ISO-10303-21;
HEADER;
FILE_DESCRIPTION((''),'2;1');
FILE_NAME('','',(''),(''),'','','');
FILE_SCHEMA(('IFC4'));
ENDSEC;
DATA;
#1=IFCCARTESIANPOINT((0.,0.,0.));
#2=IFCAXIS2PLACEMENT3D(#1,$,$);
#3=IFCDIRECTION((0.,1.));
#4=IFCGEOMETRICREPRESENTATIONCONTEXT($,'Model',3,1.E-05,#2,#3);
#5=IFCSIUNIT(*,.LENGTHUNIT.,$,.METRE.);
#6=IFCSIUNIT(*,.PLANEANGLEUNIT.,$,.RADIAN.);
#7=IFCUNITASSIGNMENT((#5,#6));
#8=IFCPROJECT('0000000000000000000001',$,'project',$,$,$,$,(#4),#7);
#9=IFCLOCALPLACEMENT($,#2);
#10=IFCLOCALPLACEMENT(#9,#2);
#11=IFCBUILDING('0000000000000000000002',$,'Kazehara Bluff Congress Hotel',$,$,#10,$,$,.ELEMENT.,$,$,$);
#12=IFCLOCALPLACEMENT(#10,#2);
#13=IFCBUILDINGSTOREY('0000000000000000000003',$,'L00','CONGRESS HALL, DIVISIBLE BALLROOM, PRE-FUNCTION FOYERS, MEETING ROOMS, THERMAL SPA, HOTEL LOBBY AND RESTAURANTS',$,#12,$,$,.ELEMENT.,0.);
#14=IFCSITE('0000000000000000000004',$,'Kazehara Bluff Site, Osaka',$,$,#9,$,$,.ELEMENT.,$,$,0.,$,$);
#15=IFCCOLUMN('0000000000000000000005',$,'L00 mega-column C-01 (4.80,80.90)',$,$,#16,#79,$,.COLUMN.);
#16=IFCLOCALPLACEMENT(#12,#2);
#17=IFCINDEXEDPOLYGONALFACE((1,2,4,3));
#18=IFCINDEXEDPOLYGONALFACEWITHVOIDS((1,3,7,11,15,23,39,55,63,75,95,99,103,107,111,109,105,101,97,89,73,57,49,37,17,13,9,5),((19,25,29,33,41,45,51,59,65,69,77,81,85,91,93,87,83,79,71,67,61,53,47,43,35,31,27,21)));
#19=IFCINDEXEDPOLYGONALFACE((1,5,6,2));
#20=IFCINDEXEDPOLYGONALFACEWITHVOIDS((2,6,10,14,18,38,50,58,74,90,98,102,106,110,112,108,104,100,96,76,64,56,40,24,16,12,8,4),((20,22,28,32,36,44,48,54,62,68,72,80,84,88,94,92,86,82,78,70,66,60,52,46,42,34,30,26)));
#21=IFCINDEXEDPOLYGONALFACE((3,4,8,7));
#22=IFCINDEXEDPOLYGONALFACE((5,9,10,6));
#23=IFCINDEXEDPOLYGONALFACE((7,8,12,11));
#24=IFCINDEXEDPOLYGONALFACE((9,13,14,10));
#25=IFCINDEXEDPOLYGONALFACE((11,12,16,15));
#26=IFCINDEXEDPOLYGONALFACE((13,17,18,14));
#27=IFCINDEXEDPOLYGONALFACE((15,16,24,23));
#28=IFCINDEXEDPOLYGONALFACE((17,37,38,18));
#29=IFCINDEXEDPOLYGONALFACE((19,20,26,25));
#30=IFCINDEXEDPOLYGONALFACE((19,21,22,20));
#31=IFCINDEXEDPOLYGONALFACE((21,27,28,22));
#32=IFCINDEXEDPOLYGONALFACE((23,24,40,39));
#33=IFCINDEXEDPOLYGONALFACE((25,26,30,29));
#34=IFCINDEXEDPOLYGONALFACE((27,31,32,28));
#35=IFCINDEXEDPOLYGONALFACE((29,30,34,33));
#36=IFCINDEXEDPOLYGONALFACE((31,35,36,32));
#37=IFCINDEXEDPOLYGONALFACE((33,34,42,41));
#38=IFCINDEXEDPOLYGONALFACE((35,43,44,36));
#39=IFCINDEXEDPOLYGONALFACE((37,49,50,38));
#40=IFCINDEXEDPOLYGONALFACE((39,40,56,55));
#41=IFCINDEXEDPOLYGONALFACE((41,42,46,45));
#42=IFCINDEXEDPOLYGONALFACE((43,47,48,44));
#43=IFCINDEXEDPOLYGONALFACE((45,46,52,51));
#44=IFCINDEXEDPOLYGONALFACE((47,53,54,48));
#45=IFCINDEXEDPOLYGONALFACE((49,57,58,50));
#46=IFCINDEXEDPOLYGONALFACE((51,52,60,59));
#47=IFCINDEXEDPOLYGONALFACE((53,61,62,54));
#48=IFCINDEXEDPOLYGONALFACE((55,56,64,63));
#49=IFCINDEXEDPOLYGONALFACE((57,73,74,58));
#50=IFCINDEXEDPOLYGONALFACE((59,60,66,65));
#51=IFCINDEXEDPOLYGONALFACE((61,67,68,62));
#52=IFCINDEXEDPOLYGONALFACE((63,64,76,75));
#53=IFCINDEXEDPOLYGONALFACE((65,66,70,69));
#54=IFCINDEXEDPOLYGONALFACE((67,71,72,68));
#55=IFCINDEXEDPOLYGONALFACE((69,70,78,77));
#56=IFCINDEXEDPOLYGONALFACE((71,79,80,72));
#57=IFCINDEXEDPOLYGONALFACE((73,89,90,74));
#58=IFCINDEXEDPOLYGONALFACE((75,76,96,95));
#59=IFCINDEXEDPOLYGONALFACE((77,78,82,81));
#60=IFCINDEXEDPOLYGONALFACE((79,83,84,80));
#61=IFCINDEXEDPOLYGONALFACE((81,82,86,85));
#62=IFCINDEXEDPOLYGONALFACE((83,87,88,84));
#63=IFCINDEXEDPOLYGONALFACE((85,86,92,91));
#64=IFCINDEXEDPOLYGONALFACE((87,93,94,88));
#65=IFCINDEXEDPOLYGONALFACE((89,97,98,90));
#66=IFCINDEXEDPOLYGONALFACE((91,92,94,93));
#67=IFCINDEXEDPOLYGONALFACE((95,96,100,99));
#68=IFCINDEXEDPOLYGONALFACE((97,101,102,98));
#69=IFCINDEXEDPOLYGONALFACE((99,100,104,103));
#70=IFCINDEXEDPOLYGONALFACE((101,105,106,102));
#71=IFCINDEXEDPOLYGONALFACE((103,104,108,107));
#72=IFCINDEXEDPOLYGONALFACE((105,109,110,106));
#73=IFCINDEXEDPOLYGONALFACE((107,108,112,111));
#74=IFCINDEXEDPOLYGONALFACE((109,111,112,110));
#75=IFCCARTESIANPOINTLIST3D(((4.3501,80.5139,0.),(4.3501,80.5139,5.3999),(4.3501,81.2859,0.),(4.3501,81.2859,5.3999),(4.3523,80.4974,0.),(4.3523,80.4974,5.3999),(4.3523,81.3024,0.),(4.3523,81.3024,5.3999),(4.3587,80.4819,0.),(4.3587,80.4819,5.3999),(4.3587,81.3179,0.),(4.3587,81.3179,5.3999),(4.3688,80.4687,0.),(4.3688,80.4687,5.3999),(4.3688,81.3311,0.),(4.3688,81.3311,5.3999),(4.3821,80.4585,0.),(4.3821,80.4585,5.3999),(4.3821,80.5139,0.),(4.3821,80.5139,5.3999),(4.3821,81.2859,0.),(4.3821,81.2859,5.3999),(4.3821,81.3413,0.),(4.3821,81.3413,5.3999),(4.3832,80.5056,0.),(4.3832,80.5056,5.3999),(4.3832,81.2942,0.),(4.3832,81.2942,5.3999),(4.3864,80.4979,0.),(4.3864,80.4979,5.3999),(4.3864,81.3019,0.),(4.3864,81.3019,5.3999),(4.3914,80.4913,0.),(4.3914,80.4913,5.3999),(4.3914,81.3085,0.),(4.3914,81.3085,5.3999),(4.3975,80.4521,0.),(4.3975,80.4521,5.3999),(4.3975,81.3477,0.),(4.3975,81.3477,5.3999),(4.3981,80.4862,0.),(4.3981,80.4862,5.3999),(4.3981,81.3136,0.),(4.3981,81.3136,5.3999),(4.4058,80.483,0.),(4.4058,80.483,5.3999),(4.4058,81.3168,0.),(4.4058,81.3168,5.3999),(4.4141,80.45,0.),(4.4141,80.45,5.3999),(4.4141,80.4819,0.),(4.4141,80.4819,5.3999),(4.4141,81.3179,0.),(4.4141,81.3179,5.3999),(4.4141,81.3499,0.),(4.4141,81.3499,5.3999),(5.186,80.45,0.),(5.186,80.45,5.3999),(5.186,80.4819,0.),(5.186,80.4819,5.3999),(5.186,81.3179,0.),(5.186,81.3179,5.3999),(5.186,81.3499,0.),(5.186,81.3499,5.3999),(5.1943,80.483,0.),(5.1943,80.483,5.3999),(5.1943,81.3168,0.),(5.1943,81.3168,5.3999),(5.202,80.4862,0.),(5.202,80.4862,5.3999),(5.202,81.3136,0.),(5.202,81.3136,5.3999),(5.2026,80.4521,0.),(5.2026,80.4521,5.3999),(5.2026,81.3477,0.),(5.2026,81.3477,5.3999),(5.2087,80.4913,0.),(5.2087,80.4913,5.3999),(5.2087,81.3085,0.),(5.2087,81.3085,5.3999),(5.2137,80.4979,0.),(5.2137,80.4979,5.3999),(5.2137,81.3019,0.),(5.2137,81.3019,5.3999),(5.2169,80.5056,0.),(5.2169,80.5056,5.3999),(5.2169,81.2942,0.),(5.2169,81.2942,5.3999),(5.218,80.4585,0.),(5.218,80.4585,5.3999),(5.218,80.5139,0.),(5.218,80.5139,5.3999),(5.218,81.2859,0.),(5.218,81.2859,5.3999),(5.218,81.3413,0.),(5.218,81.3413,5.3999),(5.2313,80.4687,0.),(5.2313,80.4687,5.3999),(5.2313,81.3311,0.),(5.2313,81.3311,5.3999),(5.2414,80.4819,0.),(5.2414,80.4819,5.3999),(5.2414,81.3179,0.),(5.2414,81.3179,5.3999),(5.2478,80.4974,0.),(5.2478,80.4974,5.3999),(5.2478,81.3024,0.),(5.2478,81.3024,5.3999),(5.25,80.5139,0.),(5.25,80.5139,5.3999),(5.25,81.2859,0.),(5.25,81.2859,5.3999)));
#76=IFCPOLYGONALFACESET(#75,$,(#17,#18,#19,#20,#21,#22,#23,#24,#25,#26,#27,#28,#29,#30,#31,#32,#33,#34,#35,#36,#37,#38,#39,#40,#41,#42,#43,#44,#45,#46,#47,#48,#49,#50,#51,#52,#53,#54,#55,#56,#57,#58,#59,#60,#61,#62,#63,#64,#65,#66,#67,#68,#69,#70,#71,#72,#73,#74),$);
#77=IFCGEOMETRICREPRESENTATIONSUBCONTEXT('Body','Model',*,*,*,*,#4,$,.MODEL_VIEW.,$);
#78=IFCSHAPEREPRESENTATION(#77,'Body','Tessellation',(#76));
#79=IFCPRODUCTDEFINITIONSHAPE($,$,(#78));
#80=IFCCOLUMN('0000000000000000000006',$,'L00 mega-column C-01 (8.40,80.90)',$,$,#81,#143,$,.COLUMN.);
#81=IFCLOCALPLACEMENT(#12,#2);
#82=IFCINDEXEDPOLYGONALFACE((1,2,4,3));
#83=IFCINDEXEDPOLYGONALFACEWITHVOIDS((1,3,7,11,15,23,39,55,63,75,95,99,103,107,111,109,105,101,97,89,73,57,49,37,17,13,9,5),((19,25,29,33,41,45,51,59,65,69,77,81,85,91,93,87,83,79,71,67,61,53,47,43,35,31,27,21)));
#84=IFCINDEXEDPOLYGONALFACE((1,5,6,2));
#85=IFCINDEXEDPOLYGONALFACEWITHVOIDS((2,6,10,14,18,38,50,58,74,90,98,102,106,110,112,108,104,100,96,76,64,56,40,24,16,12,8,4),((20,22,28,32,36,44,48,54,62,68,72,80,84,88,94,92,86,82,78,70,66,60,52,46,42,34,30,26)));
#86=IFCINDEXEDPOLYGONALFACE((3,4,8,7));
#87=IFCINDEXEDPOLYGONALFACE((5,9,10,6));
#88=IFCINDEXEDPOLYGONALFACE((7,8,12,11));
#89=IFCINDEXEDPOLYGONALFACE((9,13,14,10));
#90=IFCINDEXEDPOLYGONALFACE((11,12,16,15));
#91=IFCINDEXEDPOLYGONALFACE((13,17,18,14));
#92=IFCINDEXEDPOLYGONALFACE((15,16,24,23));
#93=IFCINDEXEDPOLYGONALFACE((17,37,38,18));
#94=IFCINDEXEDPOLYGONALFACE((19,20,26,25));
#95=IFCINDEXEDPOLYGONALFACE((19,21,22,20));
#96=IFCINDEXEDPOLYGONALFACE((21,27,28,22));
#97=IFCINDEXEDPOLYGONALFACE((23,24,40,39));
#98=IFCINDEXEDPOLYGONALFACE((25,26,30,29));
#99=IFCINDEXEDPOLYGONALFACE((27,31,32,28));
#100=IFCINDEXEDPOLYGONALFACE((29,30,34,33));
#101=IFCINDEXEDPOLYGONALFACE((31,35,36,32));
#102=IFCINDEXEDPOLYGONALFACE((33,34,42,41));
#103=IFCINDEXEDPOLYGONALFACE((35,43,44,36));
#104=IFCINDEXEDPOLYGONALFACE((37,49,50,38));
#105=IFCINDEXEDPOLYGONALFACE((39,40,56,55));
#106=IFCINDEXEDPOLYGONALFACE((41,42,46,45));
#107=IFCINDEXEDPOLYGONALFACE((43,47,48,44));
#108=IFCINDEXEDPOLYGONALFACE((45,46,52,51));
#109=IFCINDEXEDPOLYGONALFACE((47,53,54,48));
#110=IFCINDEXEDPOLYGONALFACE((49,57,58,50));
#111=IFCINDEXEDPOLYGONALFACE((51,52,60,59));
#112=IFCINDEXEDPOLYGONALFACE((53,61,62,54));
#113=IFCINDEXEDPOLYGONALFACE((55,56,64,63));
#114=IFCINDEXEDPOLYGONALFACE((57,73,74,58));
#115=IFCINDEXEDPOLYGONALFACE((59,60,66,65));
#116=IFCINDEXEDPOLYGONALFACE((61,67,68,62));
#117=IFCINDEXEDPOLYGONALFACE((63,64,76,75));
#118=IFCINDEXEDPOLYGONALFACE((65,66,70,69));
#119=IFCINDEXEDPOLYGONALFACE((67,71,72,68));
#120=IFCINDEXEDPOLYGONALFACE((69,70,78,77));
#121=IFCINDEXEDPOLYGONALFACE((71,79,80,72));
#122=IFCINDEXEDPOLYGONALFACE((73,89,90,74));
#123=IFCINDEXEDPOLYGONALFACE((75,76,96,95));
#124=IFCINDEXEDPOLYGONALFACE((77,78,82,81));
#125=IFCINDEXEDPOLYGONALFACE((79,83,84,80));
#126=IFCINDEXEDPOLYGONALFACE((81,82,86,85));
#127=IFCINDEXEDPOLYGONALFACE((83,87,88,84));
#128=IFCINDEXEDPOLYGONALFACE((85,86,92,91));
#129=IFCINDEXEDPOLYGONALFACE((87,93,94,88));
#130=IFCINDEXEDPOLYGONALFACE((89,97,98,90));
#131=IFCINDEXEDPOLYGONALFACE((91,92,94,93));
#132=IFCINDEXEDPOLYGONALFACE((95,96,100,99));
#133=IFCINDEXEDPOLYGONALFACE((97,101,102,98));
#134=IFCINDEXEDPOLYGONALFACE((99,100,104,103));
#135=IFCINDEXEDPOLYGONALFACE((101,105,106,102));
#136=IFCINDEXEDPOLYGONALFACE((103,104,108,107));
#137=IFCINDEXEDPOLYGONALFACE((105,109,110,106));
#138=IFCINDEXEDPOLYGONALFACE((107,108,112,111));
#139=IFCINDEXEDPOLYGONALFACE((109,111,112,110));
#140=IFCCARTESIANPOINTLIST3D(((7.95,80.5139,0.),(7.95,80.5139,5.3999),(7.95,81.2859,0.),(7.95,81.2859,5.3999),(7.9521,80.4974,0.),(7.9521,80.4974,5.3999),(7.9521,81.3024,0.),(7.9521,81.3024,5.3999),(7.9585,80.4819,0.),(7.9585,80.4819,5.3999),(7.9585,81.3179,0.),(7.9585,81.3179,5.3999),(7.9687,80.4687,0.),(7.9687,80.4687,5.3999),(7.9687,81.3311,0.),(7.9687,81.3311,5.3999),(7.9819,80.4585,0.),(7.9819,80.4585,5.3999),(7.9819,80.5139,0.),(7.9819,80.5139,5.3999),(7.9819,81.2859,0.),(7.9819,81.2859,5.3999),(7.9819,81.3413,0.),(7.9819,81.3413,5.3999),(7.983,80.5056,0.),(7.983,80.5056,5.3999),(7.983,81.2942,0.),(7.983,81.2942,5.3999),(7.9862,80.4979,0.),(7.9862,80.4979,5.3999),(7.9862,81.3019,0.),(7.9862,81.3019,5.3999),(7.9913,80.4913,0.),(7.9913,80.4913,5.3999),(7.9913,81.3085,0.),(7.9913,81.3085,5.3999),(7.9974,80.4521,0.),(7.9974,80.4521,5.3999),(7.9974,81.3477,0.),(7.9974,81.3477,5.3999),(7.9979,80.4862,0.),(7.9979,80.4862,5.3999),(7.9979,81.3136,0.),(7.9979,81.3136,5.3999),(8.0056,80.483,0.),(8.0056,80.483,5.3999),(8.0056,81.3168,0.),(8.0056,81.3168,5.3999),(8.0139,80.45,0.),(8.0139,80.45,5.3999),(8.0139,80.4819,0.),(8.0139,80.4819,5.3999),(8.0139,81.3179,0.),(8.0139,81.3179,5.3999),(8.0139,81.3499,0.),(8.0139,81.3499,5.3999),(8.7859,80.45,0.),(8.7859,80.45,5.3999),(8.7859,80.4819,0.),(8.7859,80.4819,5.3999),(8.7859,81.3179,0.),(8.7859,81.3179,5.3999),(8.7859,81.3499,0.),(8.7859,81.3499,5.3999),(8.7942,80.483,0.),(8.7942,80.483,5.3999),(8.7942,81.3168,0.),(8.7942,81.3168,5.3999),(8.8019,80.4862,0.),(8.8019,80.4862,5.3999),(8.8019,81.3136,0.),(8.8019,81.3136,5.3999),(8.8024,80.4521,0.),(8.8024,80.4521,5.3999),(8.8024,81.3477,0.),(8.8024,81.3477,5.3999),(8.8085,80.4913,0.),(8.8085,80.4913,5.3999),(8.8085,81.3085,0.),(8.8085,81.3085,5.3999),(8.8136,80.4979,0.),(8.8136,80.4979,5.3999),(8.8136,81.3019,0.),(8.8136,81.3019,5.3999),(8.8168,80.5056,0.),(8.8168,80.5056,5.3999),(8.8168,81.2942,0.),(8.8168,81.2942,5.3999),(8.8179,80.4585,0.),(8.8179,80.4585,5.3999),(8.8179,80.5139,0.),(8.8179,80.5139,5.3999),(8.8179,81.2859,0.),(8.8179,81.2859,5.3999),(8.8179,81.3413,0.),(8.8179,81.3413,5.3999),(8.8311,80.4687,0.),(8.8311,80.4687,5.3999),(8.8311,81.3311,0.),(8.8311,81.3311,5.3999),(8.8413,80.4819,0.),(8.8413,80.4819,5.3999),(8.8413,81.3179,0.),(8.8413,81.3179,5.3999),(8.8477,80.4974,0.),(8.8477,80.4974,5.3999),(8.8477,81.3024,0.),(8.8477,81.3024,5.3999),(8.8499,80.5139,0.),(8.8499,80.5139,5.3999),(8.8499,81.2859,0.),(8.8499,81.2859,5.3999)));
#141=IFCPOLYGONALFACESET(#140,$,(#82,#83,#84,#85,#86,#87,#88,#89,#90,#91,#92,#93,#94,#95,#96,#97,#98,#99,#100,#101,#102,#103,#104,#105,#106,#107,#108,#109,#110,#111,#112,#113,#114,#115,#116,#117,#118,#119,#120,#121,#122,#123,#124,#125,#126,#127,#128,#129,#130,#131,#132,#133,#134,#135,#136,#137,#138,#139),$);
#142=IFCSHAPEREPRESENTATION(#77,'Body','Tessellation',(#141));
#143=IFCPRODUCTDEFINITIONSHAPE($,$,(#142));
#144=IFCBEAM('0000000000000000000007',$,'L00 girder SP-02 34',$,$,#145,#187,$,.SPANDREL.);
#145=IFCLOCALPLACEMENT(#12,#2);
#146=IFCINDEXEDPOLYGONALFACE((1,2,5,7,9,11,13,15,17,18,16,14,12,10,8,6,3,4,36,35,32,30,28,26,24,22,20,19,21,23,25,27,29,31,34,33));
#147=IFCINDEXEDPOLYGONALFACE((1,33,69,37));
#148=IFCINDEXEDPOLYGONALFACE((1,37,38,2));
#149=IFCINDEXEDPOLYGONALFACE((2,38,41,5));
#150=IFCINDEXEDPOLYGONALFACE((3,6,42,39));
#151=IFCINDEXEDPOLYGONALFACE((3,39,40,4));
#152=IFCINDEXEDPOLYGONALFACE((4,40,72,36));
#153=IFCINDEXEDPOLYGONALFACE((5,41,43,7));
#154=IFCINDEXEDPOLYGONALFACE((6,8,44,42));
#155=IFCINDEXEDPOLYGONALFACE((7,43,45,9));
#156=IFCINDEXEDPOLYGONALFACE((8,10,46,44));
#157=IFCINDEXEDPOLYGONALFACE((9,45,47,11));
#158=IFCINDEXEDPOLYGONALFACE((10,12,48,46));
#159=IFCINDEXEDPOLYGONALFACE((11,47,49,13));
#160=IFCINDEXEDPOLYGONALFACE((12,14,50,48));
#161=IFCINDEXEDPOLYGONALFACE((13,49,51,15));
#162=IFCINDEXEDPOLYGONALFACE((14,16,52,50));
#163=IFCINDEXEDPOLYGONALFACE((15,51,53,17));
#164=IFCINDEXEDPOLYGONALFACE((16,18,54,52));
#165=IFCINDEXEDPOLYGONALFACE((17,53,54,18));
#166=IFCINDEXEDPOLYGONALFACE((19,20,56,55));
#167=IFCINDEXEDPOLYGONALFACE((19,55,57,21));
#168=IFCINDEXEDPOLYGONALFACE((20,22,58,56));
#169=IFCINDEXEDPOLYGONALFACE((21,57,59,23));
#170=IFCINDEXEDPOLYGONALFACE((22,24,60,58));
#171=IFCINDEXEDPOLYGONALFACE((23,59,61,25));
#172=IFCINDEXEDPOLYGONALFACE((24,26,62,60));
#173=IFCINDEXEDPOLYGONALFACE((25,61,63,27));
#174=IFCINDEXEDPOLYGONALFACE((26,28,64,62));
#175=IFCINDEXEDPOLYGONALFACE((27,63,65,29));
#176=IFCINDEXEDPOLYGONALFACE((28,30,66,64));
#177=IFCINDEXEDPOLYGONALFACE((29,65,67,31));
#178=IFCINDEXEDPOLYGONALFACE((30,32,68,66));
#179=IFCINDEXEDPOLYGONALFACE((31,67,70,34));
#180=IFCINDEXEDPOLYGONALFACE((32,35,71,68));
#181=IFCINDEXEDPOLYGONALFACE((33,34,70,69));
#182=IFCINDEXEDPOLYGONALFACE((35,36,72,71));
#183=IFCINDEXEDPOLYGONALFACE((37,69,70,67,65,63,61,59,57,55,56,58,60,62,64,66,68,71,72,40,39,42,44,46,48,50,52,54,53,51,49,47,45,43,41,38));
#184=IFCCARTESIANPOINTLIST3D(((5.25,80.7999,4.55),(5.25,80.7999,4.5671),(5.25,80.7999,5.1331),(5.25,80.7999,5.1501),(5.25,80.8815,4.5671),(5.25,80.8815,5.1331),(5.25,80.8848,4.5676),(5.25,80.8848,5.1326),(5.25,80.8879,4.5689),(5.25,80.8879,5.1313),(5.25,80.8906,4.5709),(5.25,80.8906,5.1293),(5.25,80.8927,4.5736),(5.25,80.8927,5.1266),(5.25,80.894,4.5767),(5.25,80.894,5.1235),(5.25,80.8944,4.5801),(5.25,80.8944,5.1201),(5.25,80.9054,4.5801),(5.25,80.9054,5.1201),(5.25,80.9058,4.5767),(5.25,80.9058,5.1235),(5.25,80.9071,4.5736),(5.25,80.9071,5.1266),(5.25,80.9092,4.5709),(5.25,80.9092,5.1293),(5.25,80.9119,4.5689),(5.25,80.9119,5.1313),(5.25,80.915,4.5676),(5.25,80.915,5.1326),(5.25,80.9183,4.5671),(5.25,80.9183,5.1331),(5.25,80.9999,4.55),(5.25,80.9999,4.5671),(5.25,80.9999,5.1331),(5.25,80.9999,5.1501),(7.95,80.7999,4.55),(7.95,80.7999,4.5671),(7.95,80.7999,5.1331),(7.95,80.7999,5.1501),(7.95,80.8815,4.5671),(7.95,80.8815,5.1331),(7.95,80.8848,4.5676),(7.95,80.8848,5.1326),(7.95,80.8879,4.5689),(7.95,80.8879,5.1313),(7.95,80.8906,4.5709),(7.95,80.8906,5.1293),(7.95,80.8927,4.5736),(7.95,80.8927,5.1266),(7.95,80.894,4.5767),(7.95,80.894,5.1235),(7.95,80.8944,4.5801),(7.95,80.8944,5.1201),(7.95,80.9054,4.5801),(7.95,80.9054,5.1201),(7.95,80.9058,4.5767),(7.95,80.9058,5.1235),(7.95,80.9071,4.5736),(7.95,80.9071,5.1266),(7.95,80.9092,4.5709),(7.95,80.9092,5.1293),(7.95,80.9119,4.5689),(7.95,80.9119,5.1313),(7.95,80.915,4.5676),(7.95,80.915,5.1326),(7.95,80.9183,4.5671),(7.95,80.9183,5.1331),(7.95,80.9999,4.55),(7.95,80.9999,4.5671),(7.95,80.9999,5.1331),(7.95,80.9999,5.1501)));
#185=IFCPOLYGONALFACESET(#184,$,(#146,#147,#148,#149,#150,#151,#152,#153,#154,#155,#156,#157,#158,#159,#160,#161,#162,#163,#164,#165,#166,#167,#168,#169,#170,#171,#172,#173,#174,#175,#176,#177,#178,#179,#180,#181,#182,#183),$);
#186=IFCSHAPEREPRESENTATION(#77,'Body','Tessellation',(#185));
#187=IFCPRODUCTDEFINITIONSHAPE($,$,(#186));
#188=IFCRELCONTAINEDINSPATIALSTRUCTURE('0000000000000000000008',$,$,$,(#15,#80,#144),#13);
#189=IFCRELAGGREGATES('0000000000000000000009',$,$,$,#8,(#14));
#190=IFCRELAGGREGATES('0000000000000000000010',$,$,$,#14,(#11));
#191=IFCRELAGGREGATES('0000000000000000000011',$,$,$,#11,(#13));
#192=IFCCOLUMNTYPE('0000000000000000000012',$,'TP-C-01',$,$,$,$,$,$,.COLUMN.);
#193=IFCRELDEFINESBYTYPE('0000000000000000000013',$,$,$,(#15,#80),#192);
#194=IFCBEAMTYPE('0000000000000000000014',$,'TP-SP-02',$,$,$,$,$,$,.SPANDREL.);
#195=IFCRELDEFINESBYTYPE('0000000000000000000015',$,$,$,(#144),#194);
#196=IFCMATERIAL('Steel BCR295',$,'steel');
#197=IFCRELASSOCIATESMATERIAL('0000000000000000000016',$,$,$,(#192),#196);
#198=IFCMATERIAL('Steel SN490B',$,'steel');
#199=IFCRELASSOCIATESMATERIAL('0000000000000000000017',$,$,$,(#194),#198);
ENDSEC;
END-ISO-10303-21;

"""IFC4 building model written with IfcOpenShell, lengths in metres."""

from ifc_helpers import new_model, si_unit, direction, frame, origin, origin_2d, place, context, subcontext, project, spatial, hollow_rectangle, i_section, extrude, material, material_profile, profile_set, type_object, element, save


model = new_model("IFC4")

# Units and contexts
model_context = context("Model", 3, precision=1e-05, world=origin(), true_north=direction((0.0, 1.0)))
body_context = subcontext(model_context, "Body", "Model", "MODEL_VIEW")
ifc_project = project(units=[si_unit("LENGTHUNIT", "METRE"), si_unit("PLANEANGLEUNIT", "RADIAN")], contexts=[model_context])

# Site, building, storey
site_placement = place(None, origin())
site = spatial("IfcSite", under=ifc_project, at=site_placement, Name="Kazehara Bluff Site, Osaka", CompositionType="ELEMENT", RefElevation=0.0)
building_placement = place(site_placement, origin())
building = spatial("IfcBuilding", under=site, at=building_placement, Name="Kazehara Bluff Congress Hotel", CompositionType="ELEMENT")
storey_placement = place(building_placement, origin())
storey = spatial("IfcBuildingStorey", under=building, at=storey_placement, Name="L00", Description="CONGRESS HALL, DIVISIBLE BALLROOM, PRE-FUNCTION FOYERS, MEETING ROOMS, THERMAL SPA, HOTEL LOBBY AND RESTAURANTS", CompositionType="ELEMENT", Elevation=0.0)

# Columns
ifc_material_1 = material(Name="Steel BCR295", Category="steel")
ifc_material_profile_1 = material_profile(ifc_material_1, hollow_rectangle(XDim=0.8999, YDim=0.8999, WallThickness=0.032, InnerFilletRadius=0.032, OuterFilletRadius=0.064, at=origin_2d()))
ifc_profile_set_1 = profile_set([ifc_material_profile_1], Name="Steel BCR295")
column_type = type_object("IfcColumnType", Name="TP-C-01", PredefinedType="COLUMN", material=ifc_profile_set_1)
for number, where, z_axis, x_axis, name in (
    (1, (4.8, 80.8999, 0.0), (0.0, 0.0, 1.0), (1.0, 0.0, 0.0), "L00 mega-column C-01 (4.80,80.90)"),
    (2, (8.3999, 80.8999, 0.0), (0.0, 0.0, 1.0), (1.0, 0.0, 0.0), "L00 mega-column C-01 (8.40,80.90)"),
):
    element("IfcColumn", number, at=place(storey_placement, frame(where, z_axis=z_axis, x_axis=x_axis)), inside=storey, type_object=column_type, Name=name, PredefinedType="COLUMN", context=body_context, shape_type="SweptSolid", body=[
        extrude(hollow_rectangle(XDim=0.8999, YDim=0.8999, WallThickness=0.032, InnerFilletRadius=0.032, OuterFilletRadius=0.064, at=origin_2d()), origin(), (0.0, 0.0, 1.0), 5.3999),
    ])

# Beam
ifc_material_2 = material(Name="Steel SN490B", Category="steel")
ifc_material_profile_2 = material_profile(ifc_material_2, i_section(OverallWidth=0.2, OverallDepth=0.6001, WebThickness=0.011, FlangeThickness=0.0171, FilletRadius=0.0129, at=origin_2d()))
ifc_profile_set_2 = profile_set([ifc_material_profile_2], Name="Steel SN490B")
beam_type = type_object("IfcBeamType", Name="TP-SP-02", PredefinedType="SPANDREL", material=ifc_profile_set_2)
beam_placement = place(storey_placement, frame((5.25, 80.8999, 4.8501), z_axis=(1.0, 0.0, 0.0), x_axis=(0.0, 1.0, 0.0)))
element("IfcBeam", 3, at=beam_placement, inside=storey, type_object=beam_type, Name="L00 girder SP-02 34", PredefinedType="SPANDREL", context=body_context, shape_type="SweptSolid", body=[
    extrude(i_section(OverallWidth=0.2, OverallDepth=0.6001, WebThickness=0.011, FlangeThickness=0.0171, FilletRadius=0.0129, at=origin_2d()), origin(), (0.0, 0.0, 1.0), 2.7),
])

save(model, "model.ifc")
